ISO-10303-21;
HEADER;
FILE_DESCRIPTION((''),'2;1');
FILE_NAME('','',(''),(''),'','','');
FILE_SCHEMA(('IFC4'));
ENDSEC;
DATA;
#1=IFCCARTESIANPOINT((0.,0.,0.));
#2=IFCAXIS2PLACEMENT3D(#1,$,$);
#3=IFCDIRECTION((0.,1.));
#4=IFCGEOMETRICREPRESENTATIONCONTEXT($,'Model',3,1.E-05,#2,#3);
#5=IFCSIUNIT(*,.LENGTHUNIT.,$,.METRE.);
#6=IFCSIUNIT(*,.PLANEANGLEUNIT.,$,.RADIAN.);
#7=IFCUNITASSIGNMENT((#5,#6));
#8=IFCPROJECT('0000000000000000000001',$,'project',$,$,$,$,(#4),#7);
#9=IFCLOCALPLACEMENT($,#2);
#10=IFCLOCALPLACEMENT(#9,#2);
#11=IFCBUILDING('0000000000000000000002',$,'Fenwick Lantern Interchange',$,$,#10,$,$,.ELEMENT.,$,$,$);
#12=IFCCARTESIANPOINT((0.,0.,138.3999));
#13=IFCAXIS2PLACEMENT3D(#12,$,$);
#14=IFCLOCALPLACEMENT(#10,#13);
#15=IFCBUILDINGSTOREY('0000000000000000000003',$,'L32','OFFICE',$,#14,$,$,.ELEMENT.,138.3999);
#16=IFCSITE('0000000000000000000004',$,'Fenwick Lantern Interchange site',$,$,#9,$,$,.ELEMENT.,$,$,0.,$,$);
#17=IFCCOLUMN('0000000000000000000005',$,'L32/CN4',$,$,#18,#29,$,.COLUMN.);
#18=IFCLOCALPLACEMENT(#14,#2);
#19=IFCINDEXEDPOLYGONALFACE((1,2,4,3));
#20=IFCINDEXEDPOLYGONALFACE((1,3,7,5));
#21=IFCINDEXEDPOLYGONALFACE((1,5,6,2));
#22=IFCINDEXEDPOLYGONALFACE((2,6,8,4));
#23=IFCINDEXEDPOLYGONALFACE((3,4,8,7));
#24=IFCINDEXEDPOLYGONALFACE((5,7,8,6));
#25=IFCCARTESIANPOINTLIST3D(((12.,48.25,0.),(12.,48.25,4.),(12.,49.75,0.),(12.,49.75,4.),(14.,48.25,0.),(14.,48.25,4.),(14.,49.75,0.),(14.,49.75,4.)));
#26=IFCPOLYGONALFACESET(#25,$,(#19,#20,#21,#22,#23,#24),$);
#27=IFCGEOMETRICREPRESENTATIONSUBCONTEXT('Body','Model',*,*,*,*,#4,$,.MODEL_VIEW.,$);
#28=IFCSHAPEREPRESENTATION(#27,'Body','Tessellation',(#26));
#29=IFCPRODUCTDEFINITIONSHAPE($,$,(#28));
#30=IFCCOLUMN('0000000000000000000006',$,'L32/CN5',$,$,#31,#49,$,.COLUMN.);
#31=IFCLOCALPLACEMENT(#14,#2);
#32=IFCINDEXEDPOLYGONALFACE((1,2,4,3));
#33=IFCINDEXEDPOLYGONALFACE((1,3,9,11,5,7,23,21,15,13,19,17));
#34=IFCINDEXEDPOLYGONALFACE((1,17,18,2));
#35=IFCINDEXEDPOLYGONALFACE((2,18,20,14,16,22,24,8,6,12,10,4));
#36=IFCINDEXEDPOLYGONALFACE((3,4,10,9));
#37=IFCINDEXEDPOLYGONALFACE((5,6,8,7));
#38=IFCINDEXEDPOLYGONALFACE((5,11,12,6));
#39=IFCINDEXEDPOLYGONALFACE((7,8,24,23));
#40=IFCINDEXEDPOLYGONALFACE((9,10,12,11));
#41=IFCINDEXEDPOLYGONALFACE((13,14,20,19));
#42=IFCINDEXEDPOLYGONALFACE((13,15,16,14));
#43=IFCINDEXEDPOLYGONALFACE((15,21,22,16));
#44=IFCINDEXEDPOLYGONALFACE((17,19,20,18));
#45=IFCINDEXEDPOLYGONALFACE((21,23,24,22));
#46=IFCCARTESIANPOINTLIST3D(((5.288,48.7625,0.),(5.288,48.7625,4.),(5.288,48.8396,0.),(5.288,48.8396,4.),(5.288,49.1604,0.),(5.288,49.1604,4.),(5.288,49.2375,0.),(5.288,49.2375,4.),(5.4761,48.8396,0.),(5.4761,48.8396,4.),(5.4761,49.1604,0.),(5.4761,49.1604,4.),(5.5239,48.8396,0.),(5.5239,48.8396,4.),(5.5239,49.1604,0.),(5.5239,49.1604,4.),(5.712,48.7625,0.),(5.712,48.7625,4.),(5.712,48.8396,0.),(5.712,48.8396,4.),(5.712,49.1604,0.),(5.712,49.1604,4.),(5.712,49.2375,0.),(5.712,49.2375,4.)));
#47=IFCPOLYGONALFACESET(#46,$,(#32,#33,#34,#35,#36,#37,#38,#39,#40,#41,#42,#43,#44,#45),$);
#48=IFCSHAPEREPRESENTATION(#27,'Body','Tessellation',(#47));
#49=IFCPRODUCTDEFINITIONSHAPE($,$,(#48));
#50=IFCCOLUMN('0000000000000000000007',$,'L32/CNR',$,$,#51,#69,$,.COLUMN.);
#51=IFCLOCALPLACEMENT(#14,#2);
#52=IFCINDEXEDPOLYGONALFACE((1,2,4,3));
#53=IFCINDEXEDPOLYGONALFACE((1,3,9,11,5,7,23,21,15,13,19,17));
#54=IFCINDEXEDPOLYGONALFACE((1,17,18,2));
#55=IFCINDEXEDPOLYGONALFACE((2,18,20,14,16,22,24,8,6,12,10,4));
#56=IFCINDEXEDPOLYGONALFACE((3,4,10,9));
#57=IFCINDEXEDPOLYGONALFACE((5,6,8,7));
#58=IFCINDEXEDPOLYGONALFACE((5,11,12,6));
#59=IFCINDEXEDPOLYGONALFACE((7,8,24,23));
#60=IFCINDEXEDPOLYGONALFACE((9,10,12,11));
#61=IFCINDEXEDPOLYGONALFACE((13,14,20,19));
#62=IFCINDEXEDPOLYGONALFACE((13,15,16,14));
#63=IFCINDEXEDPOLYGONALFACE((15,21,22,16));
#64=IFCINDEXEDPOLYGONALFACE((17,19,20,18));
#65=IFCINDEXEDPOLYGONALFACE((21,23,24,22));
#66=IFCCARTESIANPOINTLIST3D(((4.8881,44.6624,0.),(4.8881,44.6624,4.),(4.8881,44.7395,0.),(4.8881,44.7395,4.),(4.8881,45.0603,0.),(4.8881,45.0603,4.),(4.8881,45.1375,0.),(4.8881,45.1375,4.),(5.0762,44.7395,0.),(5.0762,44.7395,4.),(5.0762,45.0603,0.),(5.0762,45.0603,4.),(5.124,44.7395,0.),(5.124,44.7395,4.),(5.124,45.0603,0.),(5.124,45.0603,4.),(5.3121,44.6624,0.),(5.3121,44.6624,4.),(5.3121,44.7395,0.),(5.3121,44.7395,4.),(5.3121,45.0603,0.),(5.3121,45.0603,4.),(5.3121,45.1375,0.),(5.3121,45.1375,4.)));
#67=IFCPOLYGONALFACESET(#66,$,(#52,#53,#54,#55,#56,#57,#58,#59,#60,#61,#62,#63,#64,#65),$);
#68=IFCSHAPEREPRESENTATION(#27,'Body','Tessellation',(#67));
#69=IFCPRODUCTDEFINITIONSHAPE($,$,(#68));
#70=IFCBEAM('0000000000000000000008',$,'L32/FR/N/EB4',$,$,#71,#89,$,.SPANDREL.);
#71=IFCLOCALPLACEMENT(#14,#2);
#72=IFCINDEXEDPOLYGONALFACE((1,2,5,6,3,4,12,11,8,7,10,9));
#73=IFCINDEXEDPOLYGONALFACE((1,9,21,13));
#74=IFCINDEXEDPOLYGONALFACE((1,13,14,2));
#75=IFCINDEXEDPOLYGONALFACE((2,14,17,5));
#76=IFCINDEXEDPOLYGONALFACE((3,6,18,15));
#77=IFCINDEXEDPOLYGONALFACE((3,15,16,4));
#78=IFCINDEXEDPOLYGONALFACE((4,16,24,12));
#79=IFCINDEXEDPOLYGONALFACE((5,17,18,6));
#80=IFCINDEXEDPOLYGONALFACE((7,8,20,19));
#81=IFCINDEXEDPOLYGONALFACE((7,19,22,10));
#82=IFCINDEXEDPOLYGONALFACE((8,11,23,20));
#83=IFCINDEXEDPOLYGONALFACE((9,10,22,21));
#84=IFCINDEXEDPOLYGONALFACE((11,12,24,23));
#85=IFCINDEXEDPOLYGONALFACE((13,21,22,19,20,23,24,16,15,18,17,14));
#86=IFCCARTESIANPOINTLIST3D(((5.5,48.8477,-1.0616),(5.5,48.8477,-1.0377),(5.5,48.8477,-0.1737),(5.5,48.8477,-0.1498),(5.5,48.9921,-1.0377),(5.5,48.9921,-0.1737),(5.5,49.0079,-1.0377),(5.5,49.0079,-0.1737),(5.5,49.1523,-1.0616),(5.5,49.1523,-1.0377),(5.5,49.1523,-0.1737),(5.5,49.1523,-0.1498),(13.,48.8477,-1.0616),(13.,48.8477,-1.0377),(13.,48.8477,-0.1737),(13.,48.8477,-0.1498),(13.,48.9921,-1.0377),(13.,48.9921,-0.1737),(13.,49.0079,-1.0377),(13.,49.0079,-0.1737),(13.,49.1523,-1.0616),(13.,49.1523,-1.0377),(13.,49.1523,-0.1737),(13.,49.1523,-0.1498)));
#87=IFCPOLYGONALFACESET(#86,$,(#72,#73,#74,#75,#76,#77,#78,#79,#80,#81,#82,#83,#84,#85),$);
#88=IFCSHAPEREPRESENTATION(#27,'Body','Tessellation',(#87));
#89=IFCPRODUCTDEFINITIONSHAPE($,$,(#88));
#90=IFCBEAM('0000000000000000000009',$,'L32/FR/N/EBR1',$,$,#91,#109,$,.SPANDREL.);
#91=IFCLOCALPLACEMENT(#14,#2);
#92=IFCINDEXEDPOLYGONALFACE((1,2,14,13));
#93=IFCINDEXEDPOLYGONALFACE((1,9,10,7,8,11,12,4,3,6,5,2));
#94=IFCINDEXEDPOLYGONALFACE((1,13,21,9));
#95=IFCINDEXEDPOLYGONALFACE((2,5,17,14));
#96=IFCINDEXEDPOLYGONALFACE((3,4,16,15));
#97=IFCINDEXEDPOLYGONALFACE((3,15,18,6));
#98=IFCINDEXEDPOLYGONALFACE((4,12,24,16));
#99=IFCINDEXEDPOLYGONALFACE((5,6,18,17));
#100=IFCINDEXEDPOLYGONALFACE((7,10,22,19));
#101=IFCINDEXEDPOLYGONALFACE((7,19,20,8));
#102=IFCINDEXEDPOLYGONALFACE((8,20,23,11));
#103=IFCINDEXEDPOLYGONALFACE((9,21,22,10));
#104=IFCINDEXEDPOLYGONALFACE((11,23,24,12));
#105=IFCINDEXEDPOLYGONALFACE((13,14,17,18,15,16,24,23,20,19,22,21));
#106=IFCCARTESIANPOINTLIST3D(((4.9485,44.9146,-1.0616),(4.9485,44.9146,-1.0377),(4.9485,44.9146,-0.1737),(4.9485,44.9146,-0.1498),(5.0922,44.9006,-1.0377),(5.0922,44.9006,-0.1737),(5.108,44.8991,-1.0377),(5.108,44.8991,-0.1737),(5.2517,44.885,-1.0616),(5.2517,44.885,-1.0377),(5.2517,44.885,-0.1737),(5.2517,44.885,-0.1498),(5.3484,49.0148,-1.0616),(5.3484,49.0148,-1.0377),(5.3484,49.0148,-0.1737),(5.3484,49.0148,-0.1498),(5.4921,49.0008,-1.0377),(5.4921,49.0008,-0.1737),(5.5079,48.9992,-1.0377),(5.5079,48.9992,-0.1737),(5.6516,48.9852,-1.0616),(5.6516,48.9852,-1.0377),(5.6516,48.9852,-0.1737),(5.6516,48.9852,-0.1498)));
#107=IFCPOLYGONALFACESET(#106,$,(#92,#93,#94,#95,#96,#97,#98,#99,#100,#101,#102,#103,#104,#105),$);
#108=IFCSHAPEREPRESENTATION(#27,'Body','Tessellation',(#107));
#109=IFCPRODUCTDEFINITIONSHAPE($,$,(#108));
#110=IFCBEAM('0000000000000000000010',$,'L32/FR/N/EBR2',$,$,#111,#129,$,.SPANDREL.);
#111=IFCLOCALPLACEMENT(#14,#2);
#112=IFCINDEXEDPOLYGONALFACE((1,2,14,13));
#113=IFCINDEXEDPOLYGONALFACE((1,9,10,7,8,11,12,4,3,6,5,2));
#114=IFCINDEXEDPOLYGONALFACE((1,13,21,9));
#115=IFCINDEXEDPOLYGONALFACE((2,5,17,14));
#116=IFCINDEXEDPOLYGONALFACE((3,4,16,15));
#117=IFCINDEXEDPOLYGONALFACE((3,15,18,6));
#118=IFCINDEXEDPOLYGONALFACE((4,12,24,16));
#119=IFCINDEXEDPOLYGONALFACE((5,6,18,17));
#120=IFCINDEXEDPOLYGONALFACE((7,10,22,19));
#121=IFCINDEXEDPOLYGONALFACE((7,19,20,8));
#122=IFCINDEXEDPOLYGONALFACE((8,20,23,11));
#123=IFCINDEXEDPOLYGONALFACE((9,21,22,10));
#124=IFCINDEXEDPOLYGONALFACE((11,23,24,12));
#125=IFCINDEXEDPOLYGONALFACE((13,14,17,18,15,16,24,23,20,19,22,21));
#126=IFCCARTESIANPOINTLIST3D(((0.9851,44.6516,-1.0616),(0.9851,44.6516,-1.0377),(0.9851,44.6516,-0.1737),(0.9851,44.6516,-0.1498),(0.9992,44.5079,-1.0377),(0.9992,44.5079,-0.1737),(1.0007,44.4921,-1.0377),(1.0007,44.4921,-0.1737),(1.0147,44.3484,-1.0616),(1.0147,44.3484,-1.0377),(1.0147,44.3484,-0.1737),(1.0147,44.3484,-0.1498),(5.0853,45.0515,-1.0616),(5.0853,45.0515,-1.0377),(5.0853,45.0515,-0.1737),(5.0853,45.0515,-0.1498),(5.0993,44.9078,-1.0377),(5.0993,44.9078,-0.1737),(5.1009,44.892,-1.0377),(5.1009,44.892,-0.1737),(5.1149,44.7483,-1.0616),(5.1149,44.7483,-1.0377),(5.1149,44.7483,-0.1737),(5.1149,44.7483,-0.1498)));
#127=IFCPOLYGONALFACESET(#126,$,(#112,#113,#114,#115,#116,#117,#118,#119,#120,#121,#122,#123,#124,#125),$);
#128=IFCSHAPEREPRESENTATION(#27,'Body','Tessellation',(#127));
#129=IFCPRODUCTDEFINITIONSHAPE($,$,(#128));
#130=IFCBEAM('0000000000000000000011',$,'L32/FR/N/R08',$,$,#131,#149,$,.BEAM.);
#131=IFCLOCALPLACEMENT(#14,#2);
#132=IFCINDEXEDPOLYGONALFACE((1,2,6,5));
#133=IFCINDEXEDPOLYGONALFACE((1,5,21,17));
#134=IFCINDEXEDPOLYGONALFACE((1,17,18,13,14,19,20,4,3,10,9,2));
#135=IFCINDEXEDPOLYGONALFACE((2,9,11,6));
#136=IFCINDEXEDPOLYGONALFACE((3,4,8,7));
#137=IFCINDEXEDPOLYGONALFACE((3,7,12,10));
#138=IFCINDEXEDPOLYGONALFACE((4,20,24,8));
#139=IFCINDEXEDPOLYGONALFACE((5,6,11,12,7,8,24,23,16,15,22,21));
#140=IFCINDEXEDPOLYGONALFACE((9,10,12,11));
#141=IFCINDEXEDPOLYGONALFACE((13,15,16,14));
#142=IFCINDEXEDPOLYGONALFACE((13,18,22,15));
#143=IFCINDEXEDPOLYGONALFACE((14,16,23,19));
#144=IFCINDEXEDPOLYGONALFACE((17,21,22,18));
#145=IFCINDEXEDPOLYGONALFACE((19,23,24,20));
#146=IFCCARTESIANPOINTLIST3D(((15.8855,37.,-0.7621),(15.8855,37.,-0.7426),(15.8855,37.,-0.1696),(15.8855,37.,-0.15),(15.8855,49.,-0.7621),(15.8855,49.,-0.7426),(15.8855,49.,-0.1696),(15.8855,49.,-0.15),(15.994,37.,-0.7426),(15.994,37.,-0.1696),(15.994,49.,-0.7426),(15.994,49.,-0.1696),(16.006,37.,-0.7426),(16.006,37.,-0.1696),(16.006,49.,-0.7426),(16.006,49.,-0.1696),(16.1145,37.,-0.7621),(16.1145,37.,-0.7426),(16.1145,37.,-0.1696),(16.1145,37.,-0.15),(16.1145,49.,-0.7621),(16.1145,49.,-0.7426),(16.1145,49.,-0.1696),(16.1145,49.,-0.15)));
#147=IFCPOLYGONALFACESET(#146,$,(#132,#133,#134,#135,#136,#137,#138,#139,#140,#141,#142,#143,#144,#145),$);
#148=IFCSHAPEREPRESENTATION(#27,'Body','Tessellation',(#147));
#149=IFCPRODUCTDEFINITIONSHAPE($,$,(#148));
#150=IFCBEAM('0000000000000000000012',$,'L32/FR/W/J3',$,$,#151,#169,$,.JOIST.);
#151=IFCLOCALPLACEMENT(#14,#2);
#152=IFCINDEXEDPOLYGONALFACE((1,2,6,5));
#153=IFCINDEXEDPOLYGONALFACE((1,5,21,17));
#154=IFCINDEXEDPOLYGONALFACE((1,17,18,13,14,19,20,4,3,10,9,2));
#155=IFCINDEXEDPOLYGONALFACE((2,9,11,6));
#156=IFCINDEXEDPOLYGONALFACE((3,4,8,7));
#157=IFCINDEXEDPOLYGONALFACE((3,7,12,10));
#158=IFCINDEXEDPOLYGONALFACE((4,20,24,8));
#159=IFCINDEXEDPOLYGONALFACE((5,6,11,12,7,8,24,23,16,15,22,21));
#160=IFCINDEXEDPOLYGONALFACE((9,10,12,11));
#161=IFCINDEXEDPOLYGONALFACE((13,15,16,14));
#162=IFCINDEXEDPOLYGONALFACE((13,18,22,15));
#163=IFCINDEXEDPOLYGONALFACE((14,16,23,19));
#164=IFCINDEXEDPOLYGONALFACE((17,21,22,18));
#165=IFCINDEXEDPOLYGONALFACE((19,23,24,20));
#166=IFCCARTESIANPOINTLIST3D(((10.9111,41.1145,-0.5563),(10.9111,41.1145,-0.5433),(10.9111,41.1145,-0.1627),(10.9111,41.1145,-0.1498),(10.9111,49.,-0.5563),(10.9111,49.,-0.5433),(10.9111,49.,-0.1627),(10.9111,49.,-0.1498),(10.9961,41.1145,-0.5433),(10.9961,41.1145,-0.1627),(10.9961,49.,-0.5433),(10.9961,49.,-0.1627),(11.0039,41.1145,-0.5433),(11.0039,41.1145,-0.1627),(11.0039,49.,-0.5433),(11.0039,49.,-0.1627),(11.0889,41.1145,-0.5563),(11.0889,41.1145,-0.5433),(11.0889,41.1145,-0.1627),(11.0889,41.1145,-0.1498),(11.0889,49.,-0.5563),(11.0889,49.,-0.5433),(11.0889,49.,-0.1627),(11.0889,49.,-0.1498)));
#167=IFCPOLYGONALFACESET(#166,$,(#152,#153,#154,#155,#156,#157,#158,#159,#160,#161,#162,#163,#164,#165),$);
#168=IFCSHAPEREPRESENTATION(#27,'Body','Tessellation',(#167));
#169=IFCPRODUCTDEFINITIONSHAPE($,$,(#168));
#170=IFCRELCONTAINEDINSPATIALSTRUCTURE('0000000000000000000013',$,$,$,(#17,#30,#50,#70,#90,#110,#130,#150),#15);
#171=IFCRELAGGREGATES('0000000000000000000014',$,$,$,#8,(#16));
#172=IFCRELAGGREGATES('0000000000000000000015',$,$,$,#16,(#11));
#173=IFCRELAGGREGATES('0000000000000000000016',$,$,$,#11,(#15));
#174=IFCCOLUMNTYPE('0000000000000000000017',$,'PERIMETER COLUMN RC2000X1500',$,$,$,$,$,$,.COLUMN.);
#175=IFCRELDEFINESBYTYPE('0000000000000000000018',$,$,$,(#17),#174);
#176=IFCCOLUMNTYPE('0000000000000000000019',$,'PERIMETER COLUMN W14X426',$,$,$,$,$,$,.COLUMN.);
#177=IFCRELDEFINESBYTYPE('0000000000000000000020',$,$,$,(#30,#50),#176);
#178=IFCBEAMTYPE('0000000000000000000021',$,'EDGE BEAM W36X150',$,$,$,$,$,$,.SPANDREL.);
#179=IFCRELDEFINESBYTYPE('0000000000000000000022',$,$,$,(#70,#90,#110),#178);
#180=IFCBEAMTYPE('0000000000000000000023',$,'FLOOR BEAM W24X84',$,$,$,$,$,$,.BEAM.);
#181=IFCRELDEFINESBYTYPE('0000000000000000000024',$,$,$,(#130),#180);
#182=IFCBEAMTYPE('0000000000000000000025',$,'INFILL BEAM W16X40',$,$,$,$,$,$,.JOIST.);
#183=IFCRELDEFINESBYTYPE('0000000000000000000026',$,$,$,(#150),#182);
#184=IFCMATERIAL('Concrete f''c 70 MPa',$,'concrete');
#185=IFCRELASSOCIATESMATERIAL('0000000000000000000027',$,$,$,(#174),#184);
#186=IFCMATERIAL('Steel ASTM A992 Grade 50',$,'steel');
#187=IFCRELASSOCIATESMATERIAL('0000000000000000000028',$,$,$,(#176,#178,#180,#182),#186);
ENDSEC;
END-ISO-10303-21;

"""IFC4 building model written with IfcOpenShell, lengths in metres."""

from ifc_helpers import new_model, si_unit, direction, frame, origin, origin_2d, place, context, subcontext, project, spatial, rectangle, i_section, extrude, material, material_profile, profile_set, type_object, element, save


model = new_model("IFC4")

# Units and contexts
model_context = context("Model", 3, precision=1e-05, world=origin(), true_north=direction((0.0, 1.0)))
body_context = subcontext(model_context, "Body", "Model", "MODEL_VIEW")
ifc_project = project(units=[si_unit("LENGTHUNIT", "METRE"), si_unit("PLANEANGLEUNIT", "RADIAN")], contexts=[model_context])

# Site, building, storey
site_placement = place(None, origin())
site = spatial("IfcSite", under=ifc_project, at=site_placement, Name="Fenwick Lantern Interchange site", CompositionType="ELEMENT", RefElevation=0.0)
building_placement = place(site_placement, origin())
building = spatial("IfcBuilding", under=site, at=building_placement, Name="Fenwick Lantern Interchange", CompositionType="ELEMENT")
storey_placement = place(building_placement, frame((0.0, 0.0, 138.3999)))
storey = spatial("IfcBuildingStorey", under=building, at=storey_placement, Name="L32", Description="OFFICE", CompositionType="ELEMENT", Elevation=138.3999)

# Columns
ifc_material_1 = material(Name="Concrete f'c 70 MPa", Category="concrete")
ifc_material_profile_1 = material_profile(ifc_material_1, rectangle(XDim=2.0, YDim=1.5, at=origin_2d()), Name="RC2000X1500")
ifc_profile_set_1 = profile_set([ifc_material_profile_1], Name="Concrete f'c 70 MPa")
column_type_1 = type_object("IfcColumnType", Name="PERIMETER COLUMN RC2000X1500", PredefinedType="COLUMN", material=ifc_profile_set_1)
column_placement = place(storey_placement, frame((13.0, 49.0, 0.0), z_axis=(0.0, 0.0, 1.0), x_axis=(1.0, 0.0, 0.0)))
element("IfcColumn", 1, at=column_placement, inside=storey, type_object=column_type_1, Name="L32/CN4", PredefinedType="COLUMN", context=body_context, shape_type="SweptSolid", body=[
    extrude(rectangle(XDim=2.0, YDim=1.5, at=origin_2d()), origin(), (0.0, 0.0, 1.0), 4.0),
])
ifc_material_2 = material(Name="Steel ASTM A992 Grade 50", Category="steel")
ifc_material_profile_2 = material_profile(ifc_material_2, i_section(OverallWidth=0.4241, OverallDepth=0.4751, WebThickness=0.0479, FlangeThickness=0.0771, at=origin_2d()), Name="W14X426")
ifc_profile_set_2 = profile_set([ifc_material_profile_2], Name="Steel ASTM A992 Grade 50")
column_type_2 = type_object("IfcColumnType", Name="PERIMETER COLUMN W14X426", PredefinedType="COLUMN", material=ifc_profile_set_2)
for number, where, z_axis, x_axis, name in (
    (2, (5.5, 49.0, 0.0), (0.0, 0.0, 1.0), (1.0, 0.0, 0.0), "L32/CN5"),
    (3, (5.1001, 44.8999, 0.0), (0.0, 0.0, 1.0), (1.0, 0.0, 0.0), "L32/CNR"),
):
    element("IfcColumn", number, at=place(storey_placement, frame(where, z_axis=z_axis, x_axis=x_axis)), inside=storey, type_object=column_type_2, Name=name, PredefinedType="COLUMN", context=body_context, shape_type="SweptSolid", body=[
        extrude(i_section(OverallWidth=0.4241, OverallDepth=0.4751, WebThickness=0.0479, FlangeThickness=0.0771, at=origin_2d()), origin(), (0.0, 0.0, 1.0), 4.0),
    ])

# Beams
ifc_material_profile_3 = material_profile(ifc_material_2, i_section(OverallWidth=0.3047, OverallDepth=0.9119, WebThickness=0.0159, FlangeThickness=0.0239, at=origin_2d()), Name="W36X150")
ifc_profile_set_3 = profile_set([ifc_material_profile_3], Name="Steel ASTM A992 Grade 50")
beam_type_1 = type_object("IfcBeamType", Name="EDGE BEAM W36X150", PredefinedType="SPANDREL", material=ifc_profile_set_3)
beam_1_placement = place(storey_placement, frame((13.0, 49.0, -0.6057), z_axis=(-1.0, 0.0, 0.0), x_axis=(0.0, -1.0, 0.0)))
element("IfcBeam", 4, at=beam_1_placement, inside=storey, type_object=beam_type_1, Name="L32/FR/N/EB4", PredefinedType="SPANDREL", context=body_context, shape_type="SweptSolid", body=[
    extrude(i_section(OverallWidth=0.3047, OverallDepth=0.9119, WebThickness=0.0159, FlangeThickness=0.0239, at=origin_2d()), origin(), (0.0, 0.0, 1.0), 7.5),
])
for number, where, z_axis, x_axis, name in (
    (5, (5.5, 49.0, -0.6057), (-0.097074, -0.995277, 0.0), (0.995277, -0.097074, 0.0), "L32/FR/N/EBR1"),
    (6, (5.1001, 44.8999, -0.6057), (-0.995277, -0.097074, 0.0), (0.097074, -0.995277, 0.0), "L32/FR/N/EBR2"),
):
    element("IfcBeam", number, at=place(storey_placement, frame(where, z_axis=z_axis, x_axis=x_axis)), inside=storey, type_object=beam_type_1, Name=name, PredefinedType="SPANDREL", context=body_context, shape_type="SweptSolid", body=[
        extrude(i_section(OverallWidth=0.3047, OverallDepth=0.9119, WebThickness=0.0159, FlangeThickness=0.0239, at=origin_2d()), origin(), (0.0, 0.0, 1.0), 4.1196),
    ])
ifc_material_profile_4 = material_profile(ifc_material_2, i_section(OverallWidth=0.229, OverallDepth=0.6121, WebThickness=0.012, FlangeThickness=0.0195, at=origin_2d()), Name="W24X84")
ifc_profile_set_4 = profile_set([ifc_material_profile_4], Name="Steel ASTM A992 Grade 50")
beam_type_2 = type_object("IfcBeamType", Name="FLOOR BEAM W24X84", PredefinedType="BEAM", material=ifc_profile_set_4)
beam_2_placement = place(storey_placement, frame((16.0, 49.0, -0.4561), z_axis=(0.0, -1.0, 0.0), x_axis=(1.0, 0.0, 0.0)))
element("IfcBeam", 7, at=beam_2_placement, inside=storey, type_object=beam_type_2, Name="L32/FR/N/R08", PredefinedType="BEAM", context=body_context, shape_type="SweptSolid", body=[
    extrude(i_section(OverallWidth=0.229, OverallDepth=0.6121, WebThickness=0.012, FlangeThickness=0.0195, at=origin_2d()), origin(), (0.0, 0.0, 1.0), 12.0),
])
ifc_material_profile_5 = material_profile(ifc_material_2, i_section(OverallWidth=0.1777, OverallDepth=0.4065, WebThickness=0.0078, FlangeThickness=0.0129, at=origin_2d()), Name="W16X40")
ifc_profile_set_5 = profile_set([ifc_material_profile_5], Name="Steel ASTM A992 Grade 50")
beam_type_3 = type_object("IfcBeamType", Name="INFILL BEAM W16X40", PredefinedType="JOIST", material=ifc_profile_set_5)
beam_3_placement = place(storey_placement, frame((11.0, 49.0, -0.353), z_axis=(0.0, -1.0, 0.0), x_axis=(1.0, 0.0, 0.0)))
element("IfcBeam", 8, at=beam_3_placement, inside=storey, type_object=beam_type_3, Name="L32/FR/W/J3", PredefinedType="JOIST", context=body_context, shape_type="SweptSolid", body=[
    extrude(i_section(OverallWidth=0.1777, OverallDepth=0.4065, WebThickness=0.0078, FlangeThickness=0.0129, at=origin_2d()), origin(), (0.0, 0.0, 1.0), 7.8855),
])

save(model, "model.ifc")
